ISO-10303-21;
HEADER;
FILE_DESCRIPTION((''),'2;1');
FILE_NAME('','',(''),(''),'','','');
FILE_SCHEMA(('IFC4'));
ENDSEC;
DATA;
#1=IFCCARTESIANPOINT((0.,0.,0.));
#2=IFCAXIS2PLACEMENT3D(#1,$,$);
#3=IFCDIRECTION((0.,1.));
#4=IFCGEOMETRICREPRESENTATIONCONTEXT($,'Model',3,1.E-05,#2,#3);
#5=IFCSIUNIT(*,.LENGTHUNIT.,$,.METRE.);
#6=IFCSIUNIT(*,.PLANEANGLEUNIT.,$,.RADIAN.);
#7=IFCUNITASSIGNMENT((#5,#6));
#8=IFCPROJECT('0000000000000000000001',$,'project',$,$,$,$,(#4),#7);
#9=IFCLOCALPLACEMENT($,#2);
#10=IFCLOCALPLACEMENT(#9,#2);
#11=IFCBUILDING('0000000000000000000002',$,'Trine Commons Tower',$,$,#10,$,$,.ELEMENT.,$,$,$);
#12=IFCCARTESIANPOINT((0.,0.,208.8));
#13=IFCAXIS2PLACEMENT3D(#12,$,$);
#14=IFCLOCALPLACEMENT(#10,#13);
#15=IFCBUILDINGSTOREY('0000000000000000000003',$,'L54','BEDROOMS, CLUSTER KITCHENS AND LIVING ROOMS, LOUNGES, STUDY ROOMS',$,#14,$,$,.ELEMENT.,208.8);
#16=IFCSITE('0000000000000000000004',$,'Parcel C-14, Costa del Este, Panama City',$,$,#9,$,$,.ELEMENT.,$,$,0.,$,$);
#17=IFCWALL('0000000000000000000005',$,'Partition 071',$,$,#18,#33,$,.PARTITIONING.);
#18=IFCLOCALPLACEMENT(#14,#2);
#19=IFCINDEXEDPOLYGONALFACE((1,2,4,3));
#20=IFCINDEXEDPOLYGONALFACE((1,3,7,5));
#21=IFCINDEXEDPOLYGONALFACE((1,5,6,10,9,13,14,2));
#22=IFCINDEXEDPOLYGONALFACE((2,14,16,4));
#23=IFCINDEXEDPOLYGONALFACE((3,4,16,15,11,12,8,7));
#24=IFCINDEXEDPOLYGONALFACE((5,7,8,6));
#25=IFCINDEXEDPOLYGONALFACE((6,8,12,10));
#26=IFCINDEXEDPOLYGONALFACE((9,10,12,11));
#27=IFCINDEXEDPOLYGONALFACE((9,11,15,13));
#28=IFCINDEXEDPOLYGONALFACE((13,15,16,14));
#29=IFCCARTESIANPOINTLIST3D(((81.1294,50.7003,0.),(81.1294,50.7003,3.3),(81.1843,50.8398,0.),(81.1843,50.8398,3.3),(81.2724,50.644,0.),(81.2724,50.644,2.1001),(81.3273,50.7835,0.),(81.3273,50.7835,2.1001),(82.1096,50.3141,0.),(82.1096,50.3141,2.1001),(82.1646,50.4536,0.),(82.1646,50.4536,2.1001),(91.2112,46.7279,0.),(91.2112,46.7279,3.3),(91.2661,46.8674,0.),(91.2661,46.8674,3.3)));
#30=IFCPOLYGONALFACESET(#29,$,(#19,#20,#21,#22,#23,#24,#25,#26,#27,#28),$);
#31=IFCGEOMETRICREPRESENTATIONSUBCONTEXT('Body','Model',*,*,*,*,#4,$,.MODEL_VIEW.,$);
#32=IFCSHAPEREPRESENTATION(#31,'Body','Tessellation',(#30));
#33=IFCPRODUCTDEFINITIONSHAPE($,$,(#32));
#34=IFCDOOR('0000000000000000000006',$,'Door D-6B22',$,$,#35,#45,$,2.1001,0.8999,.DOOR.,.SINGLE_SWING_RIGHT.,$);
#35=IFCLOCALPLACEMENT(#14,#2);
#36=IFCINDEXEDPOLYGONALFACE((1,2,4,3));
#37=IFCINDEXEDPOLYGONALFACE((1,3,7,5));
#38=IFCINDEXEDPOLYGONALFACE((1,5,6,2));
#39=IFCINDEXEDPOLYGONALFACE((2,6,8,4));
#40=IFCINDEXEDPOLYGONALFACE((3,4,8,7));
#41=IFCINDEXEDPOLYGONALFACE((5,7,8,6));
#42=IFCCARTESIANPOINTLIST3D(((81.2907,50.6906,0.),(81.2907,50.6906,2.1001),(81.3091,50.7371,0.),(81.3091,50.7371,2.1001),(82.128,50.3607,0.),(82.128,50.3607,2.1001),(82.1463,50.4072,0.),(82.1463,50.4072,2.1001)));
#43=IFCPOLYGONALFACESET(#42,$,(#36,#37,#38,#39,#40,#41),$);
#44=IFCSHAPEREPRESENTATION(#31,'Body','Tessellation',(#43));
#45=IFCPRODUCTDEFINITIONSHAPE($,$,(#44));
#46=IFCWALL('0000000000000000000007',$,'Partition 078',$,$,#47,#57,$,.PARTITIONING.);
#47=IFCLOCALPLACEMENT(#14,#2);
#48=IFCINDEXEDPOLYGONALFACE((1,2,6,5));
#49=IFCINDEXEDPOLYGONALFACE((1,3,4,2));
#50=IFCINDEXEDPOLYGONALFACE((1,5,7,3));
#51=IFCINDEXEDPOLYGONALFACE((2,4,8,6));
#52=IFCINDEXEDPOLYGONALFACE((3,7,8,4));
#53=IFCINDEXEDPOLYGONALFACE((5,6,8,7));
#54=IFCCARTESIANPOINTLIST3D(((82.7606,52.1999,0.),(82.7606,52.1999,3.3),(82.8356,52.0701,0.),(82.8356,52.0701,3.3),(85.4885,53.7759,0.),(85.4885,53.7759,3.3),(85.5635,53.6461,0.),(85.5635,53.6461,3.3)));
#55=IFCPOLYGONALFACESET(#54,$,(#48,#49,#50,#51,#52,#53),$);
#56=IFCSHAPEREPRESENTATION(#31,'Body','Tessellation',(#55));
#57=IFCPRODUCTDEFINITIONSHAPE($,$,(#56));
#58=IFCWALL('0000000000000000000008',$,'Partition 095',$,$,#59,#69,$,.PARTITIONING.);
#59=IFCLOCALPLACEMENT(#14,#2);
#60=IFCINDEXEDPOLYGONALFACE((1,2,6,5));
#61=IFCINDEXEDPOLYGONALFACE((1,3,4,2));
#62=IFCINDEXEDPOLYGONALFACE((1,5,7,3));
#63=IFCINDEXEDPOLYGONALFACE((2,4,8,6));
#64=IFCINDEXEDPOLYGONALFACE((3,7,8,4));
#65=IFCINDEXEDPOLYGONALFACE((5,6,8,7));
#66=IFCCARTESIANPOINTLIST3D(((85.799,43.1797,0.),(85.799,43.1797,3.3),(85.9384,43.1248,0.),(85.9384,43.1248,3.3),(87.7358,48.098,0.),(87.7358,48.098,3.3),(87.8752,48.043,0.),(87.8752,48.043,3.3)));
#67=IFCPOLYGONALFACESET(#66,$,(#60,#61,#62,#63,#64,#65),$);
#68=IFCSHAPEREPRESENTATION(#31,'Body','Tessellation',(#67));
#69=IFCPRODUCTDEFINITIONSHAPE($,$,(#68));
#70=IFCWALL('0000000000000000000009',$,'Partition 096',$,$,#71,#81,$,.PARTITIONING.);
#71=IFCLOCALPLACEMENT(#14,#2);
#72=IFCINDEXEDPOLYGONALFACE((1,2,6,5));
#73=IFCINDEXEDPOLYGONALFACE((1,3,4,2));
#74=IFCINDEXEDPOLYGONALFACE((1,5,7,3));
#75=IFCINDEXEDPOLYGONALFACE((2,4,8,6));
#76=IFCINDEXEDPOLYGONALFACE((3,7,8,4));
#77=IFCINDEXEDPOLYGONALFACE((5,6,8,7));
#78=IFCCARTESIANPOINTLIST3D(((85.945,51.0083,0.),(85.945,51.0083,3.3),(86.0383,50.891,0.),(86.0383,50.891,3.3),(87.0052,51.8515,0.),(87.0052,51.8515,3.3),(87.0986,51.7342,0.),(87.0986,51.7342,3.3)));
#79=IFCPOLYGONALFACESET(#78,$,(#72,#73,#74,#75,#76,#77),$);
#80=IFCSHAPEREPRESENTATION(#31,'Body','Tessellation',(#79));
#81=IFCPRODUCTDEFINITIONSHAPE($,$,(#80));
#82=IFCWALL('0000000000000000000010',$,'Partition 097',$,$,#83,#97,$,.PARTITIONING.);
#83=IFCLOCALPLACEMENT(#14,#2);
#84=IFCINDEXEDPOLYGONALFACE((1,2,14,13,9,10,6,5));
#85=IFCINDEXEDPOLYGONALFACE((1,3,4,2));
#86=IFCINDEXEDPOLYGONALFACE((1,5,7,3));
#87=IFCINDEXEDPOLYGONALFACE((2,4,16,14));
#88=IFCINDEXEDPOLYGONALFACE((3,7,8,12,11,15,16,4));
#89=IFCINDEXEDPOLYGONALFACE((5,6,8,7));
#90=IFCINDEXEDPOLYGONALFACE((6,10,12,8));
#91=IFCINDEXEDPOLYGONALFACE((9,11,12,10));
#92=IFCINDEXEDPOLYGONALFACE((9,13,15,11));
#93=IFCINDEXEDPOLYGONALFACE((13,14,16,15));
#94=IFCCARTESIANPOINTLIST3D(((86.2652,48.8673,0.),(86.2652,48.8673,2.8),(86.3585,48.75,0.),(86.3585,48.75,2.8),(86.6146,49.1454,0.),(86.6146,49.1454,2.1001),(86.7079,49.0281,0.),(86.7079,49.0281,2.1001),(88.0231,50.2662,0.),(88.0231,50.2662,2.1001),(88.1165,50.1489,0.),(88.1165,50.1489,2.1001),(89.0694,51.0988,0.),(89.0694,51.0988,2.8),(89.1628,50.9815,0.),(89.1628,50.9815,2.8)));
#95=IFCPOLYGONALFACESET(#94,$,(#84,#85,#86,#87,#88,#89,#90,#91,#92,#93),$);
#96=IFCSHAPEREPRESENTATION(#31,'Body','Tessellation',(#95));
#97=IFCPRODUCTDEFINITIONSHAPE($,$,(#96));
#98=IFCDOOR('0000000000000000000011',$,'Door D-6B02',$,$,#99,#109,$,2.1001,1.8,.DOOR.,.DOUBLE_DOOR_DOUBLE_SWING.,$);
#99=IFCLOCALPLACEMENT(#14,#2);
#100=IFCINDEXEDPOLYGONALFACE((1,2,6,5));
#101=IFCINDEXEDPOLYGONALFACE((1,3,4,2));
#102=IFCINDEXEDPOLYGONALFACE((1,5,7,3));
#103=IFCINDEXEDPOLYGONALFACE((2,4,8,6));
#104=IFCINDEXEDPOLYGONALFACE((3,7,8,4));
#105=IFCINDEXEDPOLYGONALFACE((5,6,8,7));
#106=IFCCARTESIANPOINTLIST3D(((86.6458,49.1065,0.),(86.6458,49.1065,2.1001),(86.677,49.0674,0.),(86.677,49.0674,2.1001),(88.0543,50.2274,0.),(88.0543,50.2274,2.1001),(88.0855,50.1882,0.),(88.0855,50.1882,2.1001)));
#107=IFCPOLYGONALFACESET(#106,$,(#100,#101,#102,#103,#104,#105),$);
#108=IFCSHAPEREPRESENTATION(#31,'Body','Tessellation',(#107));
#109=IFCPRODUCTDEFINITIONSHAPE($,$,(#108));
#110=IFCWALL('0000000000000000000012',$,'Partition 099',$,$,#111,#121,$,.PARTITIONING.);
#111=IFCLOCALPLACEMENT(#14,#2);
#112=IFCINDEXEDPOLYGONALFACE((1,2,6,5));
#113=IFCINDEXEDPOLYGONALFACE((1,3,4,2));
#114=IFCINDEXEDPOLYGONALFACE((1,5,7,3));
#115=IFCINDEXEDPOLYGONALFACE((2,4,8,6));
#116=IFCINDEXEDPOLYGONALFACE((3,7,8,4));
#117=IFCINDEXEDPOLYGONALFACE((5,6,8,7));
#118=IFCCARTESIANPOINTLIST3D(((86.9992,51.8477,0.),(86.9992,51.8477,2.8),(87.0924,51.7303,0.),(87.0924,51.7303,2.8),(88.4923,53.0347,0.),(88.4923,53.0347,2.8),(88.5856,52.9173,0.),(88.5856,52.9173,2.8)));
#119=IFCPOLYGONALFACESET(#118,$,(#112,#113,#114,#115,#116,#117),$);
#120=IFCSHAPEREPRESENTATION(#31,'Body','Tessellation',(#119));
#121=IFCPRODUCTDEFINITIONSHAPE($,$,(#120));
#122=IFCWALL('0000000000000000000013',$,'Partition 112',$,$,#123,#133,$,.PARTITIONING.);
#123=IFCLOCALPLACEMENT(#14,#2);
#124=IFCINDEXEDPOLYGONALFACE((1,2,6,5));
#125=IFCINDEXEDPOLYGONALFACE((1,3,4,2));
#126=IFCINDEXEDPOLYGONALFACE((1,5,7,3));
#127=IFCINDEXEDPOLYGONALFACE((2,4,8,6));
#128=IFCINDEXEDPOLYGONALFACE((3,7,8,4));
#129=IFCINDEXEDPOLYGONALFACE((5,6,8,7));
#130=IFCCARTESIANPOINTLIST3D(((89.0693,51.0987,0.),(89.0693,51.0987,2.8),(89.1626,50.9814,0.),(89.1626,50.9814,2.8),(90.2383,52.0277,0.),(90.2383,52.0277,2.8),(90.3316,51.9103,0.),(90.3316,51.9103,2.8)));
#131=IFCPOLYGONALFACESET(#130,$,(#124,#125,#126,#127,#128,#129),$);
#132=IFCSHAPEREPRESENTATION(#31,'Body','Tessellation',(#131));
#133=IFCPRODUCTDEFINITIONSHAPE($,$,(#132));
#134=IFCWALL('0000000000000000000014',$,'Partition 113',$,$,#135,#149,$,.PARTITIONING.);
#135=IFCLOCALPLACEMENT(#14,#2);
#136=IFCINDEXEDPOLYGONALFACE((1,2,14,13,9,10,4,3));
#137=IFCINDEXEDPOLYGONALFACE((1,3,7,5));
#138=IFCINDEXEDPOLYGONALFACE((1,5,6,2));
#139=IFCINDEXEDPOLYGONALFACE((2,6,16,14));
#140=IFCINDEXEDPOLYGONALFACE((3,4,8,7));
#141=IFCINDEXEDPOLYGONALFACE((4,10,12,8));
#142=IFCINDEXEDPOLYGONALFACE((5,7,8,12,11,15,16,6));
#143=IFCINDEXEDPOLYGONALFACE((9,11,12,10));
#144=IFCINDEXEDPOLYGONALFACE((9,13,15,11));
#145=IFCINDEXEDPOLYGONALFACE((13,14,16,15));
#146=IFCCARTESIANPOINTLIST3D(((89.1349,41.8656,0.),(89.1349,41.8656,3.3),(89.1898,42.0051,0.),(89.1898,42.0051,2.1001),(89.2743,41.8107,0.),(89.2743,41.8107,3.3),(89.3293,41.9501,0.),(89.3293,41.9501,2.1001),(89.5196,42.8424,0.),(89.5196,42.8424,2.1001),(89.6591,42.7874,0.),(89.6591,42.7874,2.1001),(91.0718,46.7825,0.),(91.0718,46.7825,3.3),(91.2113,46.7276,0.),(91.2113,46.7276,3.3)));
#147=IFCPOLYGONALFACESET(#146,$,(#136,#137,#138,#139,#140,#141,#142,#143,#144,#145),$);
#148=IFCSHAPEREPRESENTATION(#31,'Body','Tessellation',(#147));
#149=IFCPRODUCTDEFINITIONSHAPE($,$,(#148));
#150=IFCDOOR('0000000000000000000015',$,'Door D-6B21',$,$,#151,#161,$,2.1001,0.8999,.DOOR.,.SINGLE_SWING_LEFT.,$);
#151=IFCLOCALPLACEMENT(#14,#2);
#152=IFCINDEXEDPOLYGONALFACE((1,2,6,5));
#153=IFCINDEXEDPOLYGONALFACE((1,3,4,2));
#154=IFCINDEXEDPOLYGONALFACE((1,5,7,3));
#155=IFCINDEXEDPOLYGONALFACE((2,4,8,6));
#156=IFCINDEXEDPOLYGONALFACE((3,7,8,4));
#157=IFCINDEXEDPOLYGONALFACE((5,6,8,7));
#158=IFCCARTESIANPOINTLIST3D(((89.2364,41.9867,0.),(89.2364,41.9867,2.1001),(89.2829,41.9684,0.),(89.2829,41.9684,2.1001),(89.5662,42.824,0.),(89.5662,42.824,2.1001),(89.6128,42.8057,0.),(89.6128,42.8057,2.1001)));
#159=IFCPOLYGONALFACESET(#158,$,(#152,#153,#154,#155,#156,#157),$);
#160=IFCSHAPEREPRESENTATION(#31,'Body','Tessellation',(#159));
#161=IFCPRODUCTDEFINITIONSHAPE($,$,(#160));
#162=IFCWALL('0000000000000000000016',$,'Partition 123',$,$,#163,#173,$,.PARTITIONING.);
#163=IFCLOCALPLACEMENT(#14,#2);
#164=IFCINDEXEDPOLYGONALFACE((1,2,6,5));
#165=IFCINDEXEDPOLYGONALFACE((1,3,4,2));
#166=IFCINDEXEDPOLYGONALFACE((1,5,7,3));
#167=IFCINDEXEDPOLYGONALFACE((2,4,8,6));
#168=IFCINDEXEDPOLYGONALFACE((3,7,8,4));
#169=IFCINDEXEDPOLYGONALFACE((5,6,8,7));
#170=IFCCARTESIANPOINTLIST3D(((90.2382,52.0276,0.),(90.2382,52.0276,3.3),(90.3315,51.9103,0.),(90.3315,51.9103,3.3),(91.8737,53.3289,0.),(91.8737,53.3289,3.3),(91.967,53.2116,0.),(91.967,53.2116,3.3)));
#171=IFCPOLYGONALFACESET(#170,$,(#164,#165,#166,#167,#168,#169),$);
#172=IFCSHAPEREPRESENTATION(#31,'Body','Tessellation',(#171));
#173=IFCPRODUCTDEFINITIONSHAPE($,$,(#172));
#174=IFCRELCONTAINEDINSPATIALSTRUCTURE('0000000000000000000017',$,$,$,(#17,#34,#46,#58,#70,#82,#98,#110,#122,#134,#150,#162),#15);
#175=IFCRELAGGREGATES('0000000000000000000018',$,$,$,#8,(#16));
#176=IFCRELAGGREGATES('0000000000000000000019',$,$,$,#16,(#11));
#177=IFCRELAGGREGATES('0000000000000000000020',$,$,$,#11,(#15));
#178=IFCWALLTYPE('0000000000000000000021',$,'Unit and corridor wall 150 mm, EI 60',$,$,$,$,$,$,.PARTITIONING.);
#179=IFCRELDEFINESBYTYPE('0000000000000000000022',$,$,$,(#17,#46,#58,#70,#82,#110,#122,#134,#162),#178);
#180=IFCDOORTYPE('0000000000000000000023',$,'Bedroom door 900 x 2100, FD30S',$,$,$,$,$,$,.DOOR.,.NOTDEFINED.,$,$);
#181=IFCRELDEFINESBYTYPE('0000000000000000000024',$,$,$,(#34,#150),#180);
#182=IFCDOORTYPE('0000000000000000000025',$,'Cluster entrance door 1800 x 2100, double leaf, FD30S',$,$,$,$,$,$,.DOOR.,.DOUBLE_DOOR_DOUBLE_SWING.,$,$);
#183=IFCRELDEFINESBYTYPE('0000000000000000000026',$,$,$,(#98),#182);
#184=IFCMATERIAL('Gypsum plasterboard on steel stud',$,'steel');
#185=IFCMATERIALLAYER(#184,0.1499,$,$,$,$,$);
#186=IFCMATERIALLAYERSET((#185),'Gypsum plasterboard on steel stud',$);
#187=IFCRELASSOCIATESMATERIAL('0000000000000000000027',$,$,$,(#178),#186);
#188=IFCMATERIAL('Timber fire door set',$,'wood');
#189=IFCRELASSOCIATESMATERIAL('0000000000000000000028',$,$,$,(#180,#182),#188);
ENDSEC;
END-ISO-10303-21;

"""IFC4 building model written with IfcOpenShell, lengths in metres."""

from ifc_helpers import new_model, si_unit, direction, frame, frame_2d, origin, place, context, subcontext, project, spatial, rectangle, extrude, material, layer, layer_set, type_object, element, fill, save


model = new_model("IFC4")

# Units and contexts
model_context = context("Model", 3, precision=1e-05, world=origin(), true_north=direction((0.0, 1.0)))
body_context = subcontext(model_context, "Body", "Model", "MODEL_VIEW")
ifc_project = project(units=[si_unit("LENGTHUNIT", "METRE"), si_unit("PLANEANGLEUNIT", "RADIAN")], contexts=[model_context])

# Site, building, storey
site_placement = place(None, origin())
site = spatial("IfcSite", under=ifc_project, at=site_placement, Name="Parcel C-14, Costa del Este, Panama City", CompositionType="ELEMENT", RefElevation=0.0)
building_placement = place(site_placement, origin())
building = spatial("IfcBuilding", under=site, at=building_placement, Name="Trine Commons Tower", CompositionType="ELEMENT")
storey_placement = place(building_placement, frame((0.0, 0.0, 208.8)))
storey = spatial("IfcBuildingStorey", under=building, at=storey_placement, Name="L54", Description="BEDROOMS, CLUSTER KITCHENS AND LIVING ROOMS, LOUNGES, STUDY ROOMS", CompositionType="ELEMENT", Elevation=208.8)

# Wall, opening, door
ifc_material_1 = material(Name="Gypsum plasterboard on steel stud", Category="steel")
ifc_layer_1 = layer(ifc_material_1, 0.1499)
ifc_layer_set_1 = layer_set([ifc_layer_1], Name="Gypsum plasterboard on steel stud")
wall_type_1 = type_object("IfcWallType", Name="Unit and corridor wall 150 mm, EI 60", PredefinedType="PARTITIONING", material=ifc_layer_set_1)
wall_1_placement = place(storey_placement, frame((81.157, 50.77, 0.0), z_axis=(0.0, 0.0, 1.0), x_axis=(0.930383, -0.366588, 0.0)))
wall_1 = element("IfcWall", 1, at=wall_1_placement, inside=storey, type_object=wall_type_1, Name="Partition 071", PredefinedType="PARTITIONING", context=body_context, shape_type="SweptSolid", body=[
    extrude(rectangle(XDim=10.8362, YDim=0.1499, at=frame_2d((5.418, 0.0))), origin(), (0.0, 0.0, 1.0), 3.3),
])
opening_1_placement = place(wall_1_placement, frame((0.1536, 0.0, 0.0)))
opening_1 = element("IfcOpeningElement", 2, at=opening_1_placement, cuts=wall_1, PredefinedType="OPENING", context=body_context, shape_type="SweptSolid", body=[
    extrude(rectangle(XDim=0.8999, YDim=2.1001, at=frame_2d((0.45, 1.05))), frame((0.0, 0.085, 0.0), z_axis=(0.0, -1.0, 0.0), x_axis=(1.0, 0.0, 0.0)), (0.0, 0.0, 1.0), 0.1699),
])
ifc_material_2 = material(Name="Timber fire door set", Category="wood")
door_type_1 = type_object("IfcDoorType", Name="Bedroom door 900 x 2100, FD30S", OperationType="NOTDEFINED", PredefinedType="DOOR", material=ifc_material_2)
door_1_placement = place(opening_1_placement, frame((0.8999, 0.0, 0.0), z_axis=(0.0, 0.0, 1.0), x_axis=(-1.0, 0.0, 0.0)))
door_1 = element("IfcDoor", 3, at=door_1_placement, inside=storey, type_object=door_type_1, Name="Door D-6B22", OperationType="SINGLE_SWING_RIGHT", OverallHeight=2.1001, OverallWidth=0.8999, PredefinedType="DOOR", context=body_context, shape_type="SweptSolid", body=[
    extrude(rectangle(XDim=0.8999, YDim=2.1001, at=frame_2d((0.45, 1.05))), frame((0.0, 0.0249, 0.0), z_axis=(0.0, -1.0, 0.0), x_axis=(1.0, 0.0, 0.0)), (0.0, 0.0, 1.0), 0.05),
])
fill(opening_1, door_1)

# Walls
wall_2_placement = place(storey_placement, frame((82.7981, 52.135, 0.0), z_axis=(0.0, 0.0, 1.0), x_axis=(0.865882, 0.500248, 0.0)))
element("IfcWall", 4, at=wall_2_placement, inside=storey, type_object=wall_type_1, Name="Partition 078", PredefinedType="PARTITIONING", context=body_context, shape_type="SweptSolid", body=[
    extrude(rectangle(XDim=3.1504, YDim=0.1499, at=frame_2d((1.5752, 0.0))), origin(), (0.0, 0.0, 1.0), 3.3),
])
wall_3_placement = place(storey_placement, frame((85.8687, 43.1521, 0.0), z_axis=(0.0, 0.0, 1.0), x_axis=(0.366408, 0.930454, 0.0)))
element("IfcWall", 5, at=wall_3_placement, inside=storey, type_object=wall_type_1, Name="Partition 095", PredefinedType="PARTITIONING", context=body_context, shape_type="SweptSolid", body=[
    extrude(rectangle(XDim=5.2859, YDim=0.1499, at=frame_2d((2.6431, 0.0))), origin(), (0.0, 0.0, 1.0), 3.3),
])
wall_4_placement = place(storey_placement, frame((85.9917, 50.9497, 0.0), z_axis=(0.0, 0.0, 1.0), x_axis=(0.782659, 0.622451, 0.0)))
element("IfcWall", 6, at=wall_4_placement, inside=storey, type_object=wall_type_1, Name="Partition 096", PredefinedType="PARTITIONING", context=body_context, shape_type="SweptSolid", body=[
    extrude(rectangle(XDim=1.3547, YDim=0.1499, at=frame_2d((0.6772, 0.0))), origin(), (0.0, 0.0, 1.0), 3.3),
])

# Wall, opening, door
wall_5_placement = place(storey_placement, frame((86.3118, 48.8086, 0.0), z_axis=(0.0, 0.0, 1.0), x_axis=(0.782488, 0.622666, 0.0)))
wall_5 = element("IfcWall", 7, at=wall_5_placement, inside=storey, type_object=wall_type_1, Name="Partition 097", PredefinedType="PARTITIONING", context=body_context, shape_type="SweptSolid", body=[
    extrude(rectangle(XDim=3.5837, YDim=0.1499, at=frame_2d((1.792, 0.0))), origin(), (0.0, 0.0, 1.0), 2.8),
])
opening_2_placement = place(wall_5_placement, frame((0.4468, 0.0, 0.0)))
opening_2 = element("IfcOpeningElement", 8, at=opening_2_placement, cuts=wall_5, PredefinedType="OPENING", context=body_context, shape_type="SweptSolid", body=[
    extrude(rectangle(XDim=1.8, YDim=2.1001, at=frame_2d((0.8999, 1.05))), frame((0.0, 0.085, 0.0), z_axis=(0.0, -1.0, 0.0), x_axis=(1.0, 0.0, 0.0)), (0.0, 0.0, 1.0), 0.1699),
])
door_type_2 = type_object("IfcDoorType", Name="Cluster entrance door 1800 x 2100, double leaf, FD30S", OperationType="DOUBLE_DOOR_DOUBLE_SWING", PredefinedType="DOOR", material=ifc_material_2)
door_2_placement = place(opening_2_placement, frame((1.8, 0.0, 0.0), z_axis=(0.0, 0.0, 1.0), x_axis=(-1.0, 0.0, 0.0)))
door_2 = element("IfcDoor", 9, at=door_2_placement, inside=storey, type_object=door_type_2, Name="Door D-6B02", OperationType="DOUBLE_DOOR_DOUBLE_SWING", OverallHeight=2.1001, OverallWidth=1.8, PredefinedType="DOOR", context=body_context, shape_type="SweptSolid", body=[
    extrude(rectangle(XDim=1.8, YDim=2.1001, at=frame_2d((0.8999, 1.05))), frame((0.0, 0.0249, 0.0), z_axis=(0.0, -1.0, 0.0), x_axis=(1.0, 0.0, 0.0)), (0.0, 0.0, 1.0), 0.05),
])
fill(opening_2, door_2)

# Walls
wall_6_placement = place(storey_placement, frame((87.0459, 51.7891, 0.0), z_axis=(0.0, 0.0, 1.0), x_axis=(0.782788, 0.622288, 0.0)))
element("IfcWall", 10, at=wall_6_placement, inside=storey, type_object=wall_type_1, Name="Partition 099", PredefinedType="PARTITIONING", context=body_context, shape_type="SweptSolid", body=[
    extrude(rectangle(XDim=1.9075, YDim=0.1499, at=frame_2d((0.9536, 0.0))), origin(), (0.0, 0.0, 1.0), 2.8),
])
wall_7_placement = place(storey_placement, frame((89.116, 51.04, 0.0), z_axis=(0.0, 0.0, 1.0), x_axis=(0.782891, 0.622159, 0.0)))
element("IfcWall", 11, at=wall_7_placement, inside=storey, type_object=wall_type_1, Name="Partition 112", PredefinedType="PARTITIONING", context=body_context, shape_type="SweptSolid", body=[
    extrude(rectangle(XDim=1.4932, YDim=0.1499, at=frame_2d((0.7466, 0.0))), origin(), (0.0, 0.0, 1.0), 2.8),
])

# Wall, opening, door
wall_8_placement = place(storey_placement, frame((89.2046, 41.8381, 0.0), z_axis=(0.0, 0.0, 1.0), x_axis=(0.366527, 0.930407, 0.0)))
wall_8 = element("IfcWall", 12, at=wall_8_placement, inside=storey, type_object=wall_type_1, Name="Partition 113", PredefinedType="PARTITIONING", context=body_context, shape_type="SweptSolid", body=[
    extrude(rectangle(XDim=5.2847, YDim=0.1499, at=frame_2d((2.6423, 0.0))), origin(), (0.0, 0.0, 1.0), 3.3),
])
opening_3_placement = place(wall_8_placement, frame((0.1499, 0.0, 0.0)))
opening_3 = element("IfcOpeningElement", 13, at=opening_3_placement, cuts=wall_8, PredefinedType="OPENING", context=body_context, shape_type="SweptSolid", body=[
    extrude(rectangle(XDim=0.8999, YDim=2.1001, at=frame_2d((0.45, 1.05))), frame((0.0, 0.085, 0.0), z_axis=(0.0, -1.0, 0.0), x_axis=(1.0, 0.0, 0.0)), (0.0, 0.0, 1.0), 0.1699),
])
door_3_placement = place(opening_3_placement, origin())
door_3 = element("IfcDoor", 14, at=door_3_placement, inside=storey, type_object=door_type_1, Name="Door D-6B21", OperationType="SINGLE_SWING_LEFT", OverallHeight=2.1001, OverallWidth=0.8999, PredefinedType="DOOR", context=body_context, shape_type="SweptSolid", body=[
    extrude(rectangle(XDim=0.8999, YDim=2.1001, at=frame_2d((0.45, 1.05))), frame((0.0, 0.0249, 0.0), z_axis=(0.0, -1.0, 0.0), x_axis=(1.0, 0.0, 0.0)), (0.0, 0.0, 1.0), 0.05),
])
fill(opening_3, door_3)

# Wall
wall_9_placement = place(storey_placement, frame((90.2849, 51.969, 0.0), z_axis=(0.0, 0.0, 1.0), x_axis=(0.78253, 0.622613, 0.0)))
element("IfcWall", 15, at=wall_9_placement, inside=storey, type_object=wall_type_1, Name="Partition 123", PredefinedType="PARTITIONING", context=body_context, shape_type="SweptSolid", body=[
    extrude(rectangle(XDim=2.0901, YDim=0.1499, at=frame_2d((1.0449, 0.0))), origin(), (0.0, 0.0, 1.0), 3.3),
])

save(model, "model.ifc")
